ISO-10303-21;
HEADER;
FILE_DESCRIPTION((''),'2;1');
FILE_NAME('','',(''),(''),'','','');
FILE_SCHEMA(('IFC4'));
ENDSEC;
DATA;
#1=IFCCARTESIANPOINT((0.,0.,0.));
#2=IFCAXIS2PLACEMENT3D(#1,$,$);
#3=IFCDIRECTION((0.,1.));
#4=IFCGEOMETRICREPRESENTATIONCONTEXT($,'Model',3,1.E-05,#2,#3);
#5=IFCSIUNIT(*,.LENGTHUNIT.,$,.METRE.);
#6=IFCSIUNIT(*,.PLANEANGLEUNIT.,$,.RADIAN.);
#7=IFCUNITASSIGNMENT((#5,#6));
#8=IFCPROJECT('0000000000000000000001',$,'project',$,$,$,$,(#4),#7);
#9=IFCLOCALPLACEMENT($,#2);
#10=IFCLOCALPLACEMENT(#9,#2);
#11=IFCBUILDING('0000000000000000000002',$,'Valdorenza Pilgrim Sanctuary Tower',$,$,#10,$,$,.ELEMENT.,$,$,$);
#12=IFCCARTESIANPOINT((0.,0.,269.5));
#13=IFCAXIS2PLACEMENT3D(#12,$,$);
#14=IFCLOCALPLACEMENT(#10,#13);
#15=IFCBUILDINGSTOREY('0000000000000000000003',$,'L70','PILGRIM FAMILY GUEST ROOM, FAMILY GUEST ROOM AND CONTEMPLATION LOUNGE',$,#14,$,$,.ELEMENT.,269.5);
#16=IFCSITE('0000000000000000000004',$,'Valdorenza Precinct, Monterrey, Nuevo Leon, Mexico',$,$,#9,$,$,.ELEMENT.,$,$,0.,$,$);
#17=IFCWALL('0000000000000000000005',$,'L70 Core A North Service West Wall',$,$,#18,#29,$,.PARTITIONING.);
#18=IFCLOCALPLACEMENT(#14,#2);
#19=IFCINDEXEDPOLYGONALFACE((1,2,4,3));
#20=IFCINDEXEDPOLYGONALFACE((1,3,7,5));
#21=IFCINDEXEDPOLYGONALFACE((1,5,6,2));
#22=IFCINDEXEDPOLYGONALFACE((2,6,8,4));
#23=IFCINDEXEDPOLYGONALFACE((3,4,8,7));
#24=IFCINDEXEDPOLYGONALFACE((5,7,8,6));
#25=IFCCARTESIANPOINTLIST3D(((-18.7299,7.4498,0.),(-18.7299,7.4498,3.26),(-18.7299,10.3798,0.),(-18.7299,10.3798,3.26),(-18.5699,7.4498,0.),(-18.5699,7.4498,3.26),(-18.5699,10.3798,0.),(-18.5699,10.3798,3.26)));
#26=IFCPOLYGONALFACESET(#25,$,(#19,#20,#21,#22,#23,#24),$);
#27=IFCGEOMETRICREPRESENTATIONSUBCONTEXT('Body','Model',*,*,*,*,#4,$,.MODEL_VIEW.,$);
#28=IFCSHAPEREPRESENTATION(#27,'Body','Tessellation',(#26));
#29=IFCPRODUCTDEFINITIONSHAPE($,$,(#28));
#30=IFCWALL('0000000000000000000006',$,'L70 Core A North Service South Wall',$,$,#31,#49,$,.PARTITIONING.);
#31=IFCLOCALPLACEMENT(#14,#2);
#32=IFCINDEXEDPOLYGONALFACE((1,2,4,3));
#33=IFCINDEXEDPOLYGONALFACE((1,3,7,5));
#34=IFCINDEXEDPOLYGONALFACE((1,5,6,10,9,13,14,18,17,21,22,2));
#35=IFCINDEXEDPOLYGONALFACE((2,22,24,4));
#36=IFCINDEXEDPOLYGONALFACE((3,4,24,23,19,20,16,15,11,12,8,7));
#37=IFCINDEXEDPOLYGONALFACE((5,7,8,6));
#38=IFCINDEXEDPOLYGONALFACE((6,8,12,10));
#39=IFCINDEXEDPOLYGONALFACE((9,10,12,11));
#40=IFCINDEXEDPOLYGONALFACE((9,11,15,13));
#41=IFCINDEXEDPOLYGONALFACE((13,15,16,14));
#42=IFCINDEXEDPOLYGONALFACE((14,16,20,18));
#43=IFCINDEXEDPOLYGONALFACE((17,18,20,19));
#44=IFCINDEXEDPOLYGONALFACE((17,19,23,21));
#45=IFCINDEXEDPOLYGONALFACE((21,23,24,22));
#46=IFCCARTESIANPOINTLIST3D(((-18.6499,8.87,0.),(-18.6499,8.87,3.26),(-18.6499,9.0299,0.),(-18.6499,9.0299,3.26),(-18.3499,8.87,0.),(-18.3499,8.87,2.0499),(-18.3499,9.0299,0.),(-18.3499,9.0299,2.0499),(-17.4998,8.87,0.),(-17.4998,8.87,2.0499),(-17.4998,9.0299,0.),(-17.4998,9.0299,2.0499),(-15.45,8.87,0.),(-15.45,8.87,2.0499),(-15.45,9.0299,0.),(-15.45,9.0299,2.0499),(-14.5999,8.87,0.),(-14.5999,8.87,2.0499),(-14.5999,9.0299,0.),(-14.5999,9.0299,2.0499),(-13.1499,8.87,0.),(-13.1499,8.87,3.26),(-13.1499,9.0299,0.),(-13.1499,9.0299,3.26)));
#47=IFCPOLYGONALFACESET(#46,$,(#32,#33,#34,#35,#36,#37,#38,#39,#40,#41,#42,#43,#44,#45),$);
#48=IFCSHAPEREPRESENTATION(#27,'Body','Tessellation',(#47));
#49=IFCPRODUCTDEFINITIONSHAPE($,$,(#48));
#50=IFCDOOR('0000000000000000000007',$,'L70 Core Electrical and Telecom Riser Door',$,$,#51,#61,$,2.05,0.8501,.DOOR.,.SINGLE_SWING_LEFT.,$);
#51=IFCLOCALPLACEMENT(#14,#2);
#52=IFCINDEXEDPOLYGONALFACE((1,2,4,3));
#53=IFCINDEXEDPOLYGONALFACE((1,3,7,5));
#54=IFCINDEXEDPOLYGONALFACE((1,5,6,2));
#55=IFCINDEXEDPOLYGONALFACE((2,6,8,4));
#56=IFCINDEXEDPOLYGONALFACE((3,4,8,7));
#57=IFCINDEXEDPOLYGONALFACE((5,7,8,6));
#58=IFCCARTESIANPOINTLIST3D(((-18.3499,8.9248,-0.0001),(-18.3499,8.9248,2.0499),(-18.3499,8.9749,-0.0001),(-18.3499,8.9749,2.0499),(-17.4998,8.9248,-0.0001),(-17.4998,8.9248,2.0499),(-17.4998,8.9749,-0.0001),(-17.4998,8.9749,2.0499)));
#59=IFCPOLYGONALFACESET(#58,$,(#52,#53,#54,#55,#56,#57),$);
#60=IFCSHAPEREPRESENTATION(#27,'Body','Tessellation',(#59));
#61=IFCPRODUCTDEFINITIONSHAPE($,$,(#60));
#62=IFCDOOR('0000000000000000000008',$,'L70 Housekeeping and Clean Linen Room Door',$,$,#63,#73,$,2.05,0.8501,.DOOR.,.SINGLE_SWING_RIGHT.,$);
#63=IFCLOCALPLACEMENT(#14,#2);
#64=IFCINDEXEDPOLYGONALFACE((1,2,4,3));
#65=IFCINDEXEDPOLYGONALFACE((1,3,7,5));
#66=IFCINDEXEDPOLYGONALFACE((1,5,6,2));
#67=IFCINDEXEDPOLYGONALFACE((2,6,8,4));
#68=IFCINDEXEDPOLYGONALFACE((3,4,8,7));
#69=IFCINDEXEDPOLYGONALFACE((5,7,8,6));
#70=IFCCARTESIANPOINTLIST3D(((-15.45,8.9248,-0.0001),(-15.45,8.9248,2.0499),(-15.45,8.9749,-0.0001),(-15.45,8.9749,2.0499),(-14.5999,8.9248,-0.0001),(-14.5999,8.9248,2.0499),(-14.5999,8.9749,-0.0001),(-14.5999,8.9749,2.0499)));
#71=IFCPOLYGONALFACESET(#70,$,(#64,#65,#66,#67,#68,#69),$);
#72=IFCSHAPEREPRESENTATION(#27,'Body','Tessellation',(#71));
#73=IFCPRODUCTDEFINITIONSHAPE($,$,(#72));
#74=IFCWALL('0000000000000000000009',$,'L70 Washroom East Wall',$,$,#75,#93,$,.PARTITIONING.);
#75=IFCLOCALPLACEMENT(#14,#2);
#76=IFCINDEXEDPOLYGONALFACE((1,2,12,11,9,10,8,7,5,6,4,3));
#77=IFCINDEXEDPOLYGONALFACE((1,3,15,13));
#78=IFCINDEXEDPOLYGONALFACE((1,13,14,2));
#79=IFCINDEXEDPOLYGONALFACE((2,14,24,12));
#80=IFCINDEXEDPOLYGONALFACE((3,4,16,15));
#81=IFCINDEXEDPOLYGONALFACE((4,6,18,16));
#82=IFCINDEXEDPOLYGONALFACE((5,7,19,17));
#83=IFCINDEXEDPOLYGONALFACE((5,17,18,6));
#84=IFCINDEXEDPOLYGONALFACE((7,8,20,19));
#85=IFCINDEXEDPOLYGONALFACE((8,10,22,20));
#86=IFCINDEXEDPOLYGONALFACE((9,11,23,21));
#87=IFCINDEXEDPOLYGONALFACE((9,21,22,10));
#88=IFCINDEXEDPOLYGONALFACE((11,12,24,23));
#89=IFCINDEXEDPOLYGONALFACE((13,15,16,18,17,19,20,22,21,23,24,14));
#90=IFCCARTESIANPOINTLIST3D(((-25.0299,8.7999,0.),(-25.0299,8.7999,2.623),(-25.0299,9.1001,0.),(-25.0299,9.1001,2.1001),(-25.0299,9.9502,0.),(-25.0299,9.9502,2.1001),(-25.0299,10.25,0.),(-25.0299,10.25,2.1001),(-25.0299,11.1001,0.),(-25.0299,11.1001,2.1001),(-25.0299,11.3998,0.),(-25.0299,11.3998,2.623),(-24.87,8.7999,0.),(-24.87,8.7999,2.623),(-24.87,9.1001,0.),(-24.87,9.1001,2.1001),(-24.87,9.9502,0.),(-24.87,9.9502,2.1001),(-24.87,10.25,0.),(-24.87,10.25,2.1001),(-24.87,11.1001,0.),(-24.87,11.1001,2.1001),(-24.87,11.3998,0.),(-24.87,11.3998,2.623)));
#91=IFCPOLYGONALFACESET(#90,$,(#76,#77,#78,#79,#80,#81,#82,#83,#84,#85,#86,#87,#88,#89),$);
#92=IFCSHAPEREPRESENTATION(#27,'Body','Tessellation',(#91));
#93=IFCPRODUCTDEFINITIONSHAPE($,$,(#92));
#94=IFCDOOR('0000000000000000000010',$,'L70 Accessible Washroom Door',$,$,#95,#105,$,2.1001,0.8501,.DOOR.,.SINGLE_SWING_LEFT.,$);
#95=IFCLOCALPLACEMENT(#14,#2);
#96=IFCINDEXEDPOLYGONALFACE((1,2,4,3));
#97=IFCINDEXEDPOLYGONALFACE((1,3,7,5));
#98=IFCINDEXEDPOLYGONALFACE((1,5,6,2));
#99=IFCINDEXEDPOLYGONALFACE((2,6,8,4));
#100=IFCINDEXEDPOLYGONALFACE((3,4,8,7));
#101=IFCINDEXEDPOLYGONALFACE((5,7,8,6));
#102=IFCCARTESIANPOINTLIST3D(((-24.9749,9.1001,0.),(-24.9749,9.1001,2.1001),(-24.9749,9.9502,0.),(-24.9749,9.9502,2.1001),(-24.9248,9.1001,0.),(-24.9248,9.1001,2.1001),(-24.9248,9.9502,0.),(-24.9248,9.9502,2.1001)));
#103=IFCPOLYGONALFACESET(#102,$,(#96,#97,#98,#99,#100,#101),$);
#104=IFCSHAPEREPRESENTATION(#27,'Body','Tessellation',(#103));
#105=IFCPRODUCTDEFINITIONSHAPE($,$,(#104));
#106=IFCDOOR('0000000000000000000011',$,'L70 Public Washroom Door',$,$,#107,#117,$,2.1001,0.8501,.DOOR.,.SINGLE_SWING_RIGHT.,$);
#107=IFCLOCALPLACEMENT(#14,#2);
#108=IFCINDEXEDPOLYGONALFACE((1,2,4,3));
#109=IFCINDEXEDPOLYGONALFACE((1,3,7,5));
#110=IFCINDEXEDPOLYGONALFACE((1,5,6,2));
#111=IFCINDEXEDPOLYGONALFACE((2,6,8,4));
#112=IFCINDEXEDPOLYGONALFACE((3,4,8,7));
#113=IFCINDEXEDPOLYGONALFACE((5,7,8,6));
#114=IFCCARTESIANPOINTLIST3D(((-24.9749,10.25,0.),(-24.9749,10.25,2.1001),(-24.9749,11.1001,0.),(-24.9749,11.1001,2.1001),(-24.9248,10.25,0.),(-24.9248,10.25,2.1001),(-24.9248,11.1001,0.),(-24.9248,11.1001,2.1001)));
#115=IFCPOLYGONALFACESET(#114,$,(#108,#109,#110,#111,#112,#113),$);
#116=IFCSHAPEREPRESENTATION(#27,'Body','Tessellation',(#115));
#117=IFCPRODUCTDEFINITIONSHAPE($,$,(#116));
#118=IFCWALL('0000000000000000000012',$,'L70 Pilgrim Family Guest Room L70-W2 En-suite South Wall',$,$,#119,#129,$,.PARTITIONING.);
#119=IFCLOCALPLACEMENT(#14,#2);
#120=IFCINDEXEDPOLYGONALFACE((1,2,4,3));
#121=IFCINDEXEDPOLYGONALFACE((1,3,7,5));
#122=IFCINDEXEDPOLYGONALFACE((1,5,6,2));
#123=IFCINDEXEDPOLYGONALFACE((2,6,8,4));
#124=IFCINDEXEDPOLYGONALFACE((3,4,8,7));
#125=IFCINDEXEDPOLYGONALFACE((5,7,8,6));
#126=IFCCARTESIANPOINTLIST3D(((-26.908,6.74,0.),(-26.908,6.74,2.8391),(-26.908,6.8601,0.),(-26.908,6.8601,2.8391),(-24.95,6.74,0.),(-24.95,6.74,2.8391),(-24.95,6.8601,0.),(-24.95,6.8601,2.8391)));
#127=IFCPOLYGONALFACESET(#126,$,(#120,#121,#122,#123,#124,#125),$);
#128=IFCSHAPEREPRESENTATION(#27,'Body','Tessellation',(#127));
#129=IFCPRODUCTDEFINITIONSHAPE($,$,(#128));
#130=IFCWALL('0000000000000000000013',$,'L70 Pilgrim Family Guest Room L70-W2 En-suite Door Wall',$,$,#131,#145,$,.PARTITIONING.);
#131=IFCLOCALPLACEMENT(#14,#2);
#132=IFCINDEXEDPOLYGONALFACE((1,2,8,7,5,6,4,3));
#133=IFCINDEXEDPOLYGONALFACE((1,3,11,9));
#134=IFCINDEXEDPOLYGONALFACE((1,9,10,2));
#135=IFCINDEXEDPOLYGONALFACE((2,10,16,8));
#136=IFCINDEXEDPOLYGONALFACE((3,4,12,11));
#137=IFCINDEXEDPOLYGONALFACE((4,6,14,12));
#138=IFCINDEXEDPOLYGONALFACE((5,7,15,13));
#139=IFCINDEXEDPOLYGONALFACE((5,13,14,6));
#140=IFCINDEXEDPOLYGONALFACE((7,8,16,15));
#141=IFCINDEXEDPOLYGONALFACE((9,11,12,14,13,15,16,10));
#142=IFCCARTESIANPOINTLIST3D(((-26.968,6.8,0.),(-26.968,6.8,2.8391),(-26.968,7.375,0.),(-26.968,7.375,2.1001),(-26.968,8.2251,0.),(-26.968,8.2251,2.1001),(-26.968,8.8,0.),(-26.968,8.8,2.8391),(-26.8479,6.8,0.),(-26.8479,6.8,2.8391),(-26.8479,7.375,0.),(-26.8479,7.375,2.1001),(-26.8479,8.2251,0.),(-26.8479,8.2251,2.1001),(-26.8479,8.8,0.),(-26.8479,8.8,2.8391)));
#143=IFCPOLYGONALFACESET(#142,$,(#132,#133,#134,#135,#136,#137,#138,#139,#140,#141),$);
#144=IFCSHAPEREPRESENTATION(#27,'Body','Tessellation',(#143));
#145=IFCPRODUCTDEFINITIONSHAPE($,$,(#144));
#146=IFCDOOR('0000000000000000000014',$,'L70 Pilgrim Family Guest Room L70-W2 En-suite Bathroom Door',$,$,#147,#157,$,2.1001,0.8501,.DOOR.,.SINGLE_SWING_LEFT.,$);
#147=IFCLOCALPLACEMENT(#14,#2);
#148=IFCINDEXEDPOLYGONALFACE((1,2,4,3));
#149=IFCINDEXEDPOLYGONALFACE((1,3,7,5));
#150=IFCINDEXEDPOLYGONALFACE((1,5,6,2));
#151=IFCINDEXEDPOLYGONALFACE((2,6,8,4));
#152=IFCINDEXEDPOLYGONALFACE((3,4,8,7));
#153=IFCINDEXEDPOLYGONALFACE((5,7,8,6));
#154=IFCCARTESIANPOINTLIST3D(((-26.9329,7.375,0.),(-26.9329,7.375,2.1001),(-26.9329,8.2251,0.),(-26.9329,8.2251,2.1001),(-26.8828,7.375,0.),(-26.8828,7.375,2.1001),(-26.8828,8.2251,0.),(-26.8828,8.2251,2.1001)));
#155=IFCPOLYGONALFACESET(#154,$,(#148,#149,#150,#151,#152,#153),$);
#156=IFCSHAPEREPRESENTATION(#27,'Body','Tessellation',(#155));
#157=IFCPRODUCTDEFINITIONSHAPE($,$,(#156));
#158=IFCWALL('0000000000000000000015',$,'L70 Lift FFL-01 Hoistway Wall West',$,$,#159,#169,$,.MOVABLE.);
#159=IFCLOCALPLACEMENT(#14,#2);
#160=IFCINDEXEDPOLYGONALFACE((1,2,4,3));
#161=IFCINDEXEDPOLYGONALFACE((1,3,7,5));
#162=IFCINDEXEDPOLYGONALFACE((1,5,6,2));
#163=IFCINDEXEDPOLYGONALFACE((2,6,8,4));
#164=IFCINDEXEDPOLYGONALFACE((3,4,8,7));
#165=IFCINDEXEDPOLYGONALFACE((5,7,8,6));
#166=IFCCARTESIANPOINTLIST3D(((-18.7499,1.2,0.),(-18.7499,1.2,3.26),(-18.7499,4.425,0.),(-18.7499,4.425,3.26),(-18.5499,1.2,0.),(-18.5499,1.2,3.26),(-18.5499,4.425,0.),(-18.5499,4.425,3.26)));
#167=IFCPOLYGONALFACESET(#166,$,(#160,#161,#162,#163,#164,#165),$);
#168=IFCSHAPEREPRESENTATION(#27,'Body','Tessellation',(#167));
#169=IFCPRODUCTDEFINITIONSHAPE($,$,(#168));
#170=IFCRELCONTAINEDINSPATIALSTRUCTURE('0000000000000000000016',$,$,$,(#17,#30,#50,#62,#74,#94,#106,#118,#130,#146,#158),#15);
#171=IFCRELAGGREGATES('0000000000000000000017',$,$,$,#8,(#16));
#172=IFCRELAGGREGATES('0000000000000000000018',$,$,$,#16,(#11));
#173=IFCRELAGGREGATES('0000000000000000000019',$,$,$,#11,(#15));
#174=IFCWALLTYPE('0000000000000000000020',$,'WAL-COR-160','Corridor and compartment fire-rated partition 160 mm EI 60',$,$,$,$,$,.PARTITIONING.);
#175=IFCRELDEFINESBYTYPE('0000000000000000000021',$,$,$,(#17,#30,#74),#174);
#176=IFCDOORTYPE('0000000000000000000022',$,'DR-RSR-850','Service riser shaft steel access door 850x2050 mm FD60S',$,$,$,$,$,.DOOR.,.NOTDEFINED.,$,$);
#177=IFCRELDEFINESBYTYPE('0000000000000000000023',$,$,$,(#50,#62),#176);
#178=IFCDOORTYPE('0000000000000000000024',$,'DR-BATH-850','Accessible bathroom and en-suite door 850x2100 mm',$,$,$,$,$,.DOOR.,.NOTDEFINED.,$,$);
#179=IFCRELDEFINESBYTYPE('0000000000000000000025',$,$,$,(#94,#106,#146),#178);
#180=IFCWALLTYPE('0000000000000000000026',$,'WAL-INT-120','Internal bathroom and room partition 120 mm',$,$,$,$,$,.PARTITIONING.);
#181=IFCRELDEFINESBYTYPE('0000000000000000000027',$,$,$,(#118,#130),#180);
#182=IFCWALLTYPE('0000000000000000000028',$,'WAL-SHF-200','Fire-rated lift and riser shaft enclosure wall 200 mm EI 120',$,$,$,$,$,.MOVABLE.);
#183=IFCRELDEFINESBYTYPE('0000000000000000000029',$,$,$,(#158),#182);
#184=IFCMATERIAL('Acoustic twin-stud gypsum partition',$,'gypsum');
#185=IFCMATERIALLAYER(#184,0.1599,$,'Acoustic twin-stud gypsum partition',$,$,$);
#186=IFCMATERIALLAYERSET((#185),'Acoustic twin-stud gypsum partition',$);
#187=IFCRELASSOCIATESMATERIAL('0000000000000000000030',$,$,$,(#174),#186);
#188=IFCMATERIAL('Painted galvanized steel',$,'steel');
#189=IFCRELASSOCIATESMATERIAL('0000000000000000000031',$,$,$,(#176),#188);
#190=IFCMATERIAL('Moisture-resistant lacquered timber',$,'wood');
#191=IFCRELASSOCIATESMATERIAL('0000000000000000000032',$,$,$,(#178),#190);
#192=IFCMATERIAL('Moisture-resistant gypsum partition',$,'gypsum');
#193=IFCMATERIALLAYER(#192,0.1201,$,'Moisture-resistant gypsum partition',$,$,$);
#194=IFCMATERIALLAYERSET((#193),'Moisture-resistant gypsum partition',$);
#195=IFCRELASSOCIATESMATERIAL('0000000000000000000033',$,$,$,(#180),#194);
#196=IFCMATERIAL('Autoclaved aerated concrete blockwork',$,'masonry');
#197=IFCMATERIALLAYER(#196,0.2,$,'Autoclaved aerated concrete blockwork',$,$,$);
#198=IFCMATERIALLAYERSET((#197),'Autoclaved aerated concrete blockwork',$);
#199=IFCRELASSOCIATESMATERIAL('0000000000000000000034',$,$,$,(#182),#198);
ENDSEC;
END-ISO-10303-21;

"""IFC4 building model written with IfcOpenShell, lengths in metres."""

from ifc_helpers import new_model, si_unit, direction, frame, frame_2d, origin, place, context, subcontext, project, spatial, rectangle, extrude, material, layer, layer_set, type_object, element, fill, save


model = new_model("IFC4")

# Units and contexts
model_context = context("Model", 3, precision=1e-05, world=origin(), true_north=direction((0.0, 1.0)))
body_context = subcontext(model_context, "Body", "Model", "MODEL_VIEW")
ifc_project = project(units=[si_unit("LENGTHUNIT", "METRE"), si_unit("PLANEANGLEUNIT", "RADIAN")], contexts=[model_context])

# Site, building, storey
site_placement = place(None, origin())
site = spatial("IfcSite", under=ifc_project, at=site_placement, Name="Valdorenza Precinct, Monterrey, Nuevo Leon, Mexico", CompositionType="ELEMENT", RefElevation=0.0)
building_placement = place(site_placement, origin())
building = spatial("IfcBuilding", under=site, at=building_placement, Name="Valdorenza Pilgrim Sanctuary Tower", CompositionType="ELEMENT")
storey_placement = place(building_placement, frame((0.0, 0.0, 269.5)))
storey = spatial("IfcBuildingStorey", under=building, at=storey_placement, Name="L70", Description="PILGRIM FAMILY GUEST ROOM, FAMILY GUEST ROOM AND CONTEMPLATION LOUNGE", CompositionType="ELEMENT", Elevation=269.5)

# Wall
ifc_material_1 = material(Name="Acoustic twin-stud gypsum partition", Category="gypsum")
ifc_layer_1 = layer(ifc_material_1, 0.1599, Name="Acoustic twin-stud gypsum partition")
ifc_layer_set_1 = layer_set([ifc_layer_1], Name="Acoustic twin-stud gypsum partition")
wall_type_1 = type_object("IfcWallType", Name="WAL-COR-160", Description="Corridor and compartment fire-rated partition 160 mm EI 60", PredefinedType="PARTITIONING", material=ifc_layer_set_1)
wall_1_placement = place(storey_placement, frame((-18.6499, 7.45, 0.0), z_axis=(0.0, 0.0, 1.0), x_axis=(0.0, 1.0, 0.0)))
element("IfcWall", 1, at=wall_1_placement, inside=storey, type_object=wall_type_1, Name="L70 Core A North Service West Wall", PredefinedType="PARTITIONING", context=body_context, shape_type="SweptSolid", body=[
    extrude(rectangle(XDim=2.9299, YDim=0.1599, at=frame_2d((1.4648, 0.0))), origin(), (0.0, 0.0, 1.0), 3.26),
])

# Walls, openings, doors
wall_2_placement = place(storey_placement, frame((-18.6499, 8.95, 0.0), z_axis=(0.0, 0.0, 1.0), x_axis=(1.0, 0.0, 0.0)))
wall_2 = element("IfcWall", 2, at=wall_2_placement, inside=storey, type_object=wall_type_1, Name="L70 Core A North Service South Wall", PredefinedType="PARTITIONING", context=body_context, shape_type="SweptSolid", body=[
    extrude(rectangle(XDim=5.5, YDim=0.1599, at=frame_2d((2.75, 0.0))), origin(), (0.0, 0.0, 1.0), 3.26),
])
opening_1_placement = place(wall_2_placement, frame((0.3, 0.0, 0.0)))
opening_1 = element("IfcOpeningElement", 3, at=opening_1_placement, cuts=wall_2, PredefinedType="OPENING", context=body_context, shape_type="SweptSolid", body=[
    extrude(rectangle(XDim=0.8501, YDim=2.05, at=frame_2d((0.425, 1.0249))), frame((0.0, 0.0947, 0.0), z_axis=(0.0, -1.0, 0.0), x_axis=(1.0, 0.0, 0.0)), (0.0, 0.0, 1.0), 0.1897),
])
opening_2_placement = place(wall_2_placement, frame((3.2, 0.0, 0.0)))
opening_2 = element("IfcOpeningElement", 4, at=opening_2_placement, cuts=wall_2, PredefinedType="OPENING", context=body_context, shape_type="SweptSolid", body=[
    extrude(rectangle(XDim=0.8501, YDim=2.05, at=frame_2d((0.425, 1.0249))), frame((0.0, 0.0947, 0.0), z_axis=(0.0, -1.0, 0.0), x_axis=(1.0, 0.0, 0.0)), (0.0, 0.0, 1.0), 0.1897),
])
ifc_material_2 = material(Name="Painted galvanized steel", Category="steel")
door_type_1 = type_object("IfcDoorType", Name="DR-RSR-850", Description="Service riser shaft steel access door 850x2050 mm FD60S", OperationType="NOTDEFINED", PredefinedType="DOOR", material=ifc_material_2)
door_1_placement = place(opening_1_placement, origin())
door_1 = element("IfcDoor", 5, at=door_1_placement, inside=storey, type_object=door_type_1, Name="L70 Core Electrical and Telecom Riser Door", OperationType="SINGLE_SWING_LEFT", OverallHeight=2.05, OverallWidth=0.8501, PredefinedType="DOOR", context=body_context, shape_type="SweptSolid", body=[
    extrude(rectangle(XDim=0.8501, YDim=2.05, at=frame_2d((0.425, 1.0249))), frame((0.0, 0.0249, 0.0), z_axis=(0.0, -1.0, 0.0), x_axis=(1.0, 0.0, 0.0)), (0.0, 0.0, 1.0), 0.05),
])
fill(opening_1, door_1)
door_2_placement = place(opening_2_placement, origin())
door_2 = element("IfcDoor", 6, at=door_2_placement, inside=storey, type_object=door_type_1, Name="L70 Housekeeping and Clean Linen Room Door", OperationType="SINGLE_SWING_RIGHT", OverallHeight=2.05, OverallWidth=0.8501, PredefinedType="DOOR", context=body_context, shape_type="SweptSolid", body=[
    extrude(rectangle(XDim=0.8501, YDim=2.05, at=frame_2d((0.425, 1.0249))), frame((0.0, 0.0249, 0.0), z_axis=(0.0, -1.0, 0.0), x_axis=(1.0, 0.0, 0.0)), (0.0, 0.0, 1.0), 0.05),
])
fill(opening_2, door_2)
wall_3_placement = place(storey_placement, frame((-24.95, 8.8, 0.0), z_axis=(0.0, 0.0, 1.0), x_axis=(0.0, 1.0, 0.0)))
wall_3 = element("IfcWall", 7, at=wall_3_placement, inside=storey, type_object=wall_type_1, Name="L70 Washroom East Wall", PredefinedType="PARTITIONING", context=body_context, shape_type="SweptSolid", body=[
    extrude(rectangle(XDim=2.5999, YDim=0.1599, at=frame_2d((1.2998, 0.0))), origin(), (0.0, 0.0, 1.0), 2.623),
])
opening_3_placement = place(wall_3_placement, frame((0.3, 0.0, 0.0)))
opening_3 = element("IfcOpeningElement", 8, at=opening_3_placement, cuts=wall_3, PredefinedType="OPENING", context=body_context, shape_type="SweptSolid", body=[
    extrude(rectangle(XDim=0.8501, YDim=2.1001, at=frame_2d((0.425, 1.05))), frame((0.0, 0.0947, 0.0), z_axis=(0.0, -1.0, 0.0), x_axis=(1.0, 0.0, 0.0)), (0.0, 0.0, 1.0), 0.1897),
])
opening_4_placement = place(wall_3_placement, frame((1.45, 0.0, 0.0)))
opening_4 = element("IfcOpeningElement", 9, at=opening_4_placement, cuts=wall_3, PredefinedType="OPENING", context=body_context, shape_type="SweptSolid", body=[
    extrude(rectangle(XDim=0.8501, YDim=2.1001, at=frame_2d((0.425, 1.05))), frame((0.0, 0.0947, 0.0), z_axis=(0.0, -1.0, 0.0), x_axis=(1.0, 0.0, 0.0)), (0.0, 0.0, 1.0), 0.1897),
])
ifc_material_3 = material(Name="Moisture-resistant lacquered timber", Category="wood")
door_type_2 = type_object("IfcDoorType", Name="DR-BATH-850", Description="Accessible bathroom and en-suite door 850x2100 mm", OperationType="NOTDEFINED", PredefinedType="DOOR", material=ifc_material_3)
door_3_placement = place(opening_3_placement, origin())
door_3 = element("IfcDoor", 10, at=door_3_placement, inside=storey, type_object=door_type_2, Name="L70 Accessible Washroom Door", OperationType="SINGLE_SWING_LEFT", OverallHeight=2.1001, OverallWidth=0.8501, PredefinedType="DOOR", context=body_context, shape_type="SweptSolid", body=[
    extrude(rectangle(XDim=0.8501, YDim=2.1001, at=frame_2d((0.425, 1.05))), frame((0.0, 0.0249, 0.0), z_axis=(0.0, -1.0, 0.0), x_axis=(1.0, 0.0, 0.0)), (0.0, 0.0, 1.0), 0.05),
])
fill(opening_3, door_3)
door_4_placement = place(opening_4_placement, origin())
door_4 = element("IfcDoor", 11, at=door_4_placement, inside=storey, type_object=door_type_2, Name="L70 Public Washroom Door", OperationType="SINGLE_SWING_RIGHT", OverallHeight=2.1001, OverallWidth=0.8501, PredefinedType="DOOR", context=body_context, shape_type="SweptSolid", body=[
    extrude(rectangle(XDim=0.8501, YDim=2.1001, at=frame_2d((0.425, 1.05))), frame((0.0, 0.0249, 0.0), z_axis=(0.0, -1.0, 0.0), x_axis=(1.0, 0.0, 0.0)), (0.0, 0.0, 1.0), 0.05),
])
fill(opening_4, door_4)

# Wall
ifc_material_4 = material(Name="Moisture-resistant gypsum partition", Category="gypsum")
ifc_layer_2 = layer(ifc_material_4, 0.1201, Name="Moisture-resistant gypsum partition")
ifc_layer_set_2 = layer_set([ifc_layer_2], Name="Moisture-resistant gypsum partition")
wall_type_2 = type_object("IfcWallType", Name="WAL-INT-120", Description="Internal bathroom and room partition 120 mm", PredefinedType="PARTITIONING", material=ifc_layer_set_2)
wall_4_placement = place(storey_placement, frame((-26.908, 6.8, 0.0), z_axis=(0.0, 0.0, 1.0), x_axis=(1.0, 0.0, 0.0)))
element("IfcWall", 12, at=wall_4_placement, inside=storey, type_object=wall_type_2, Name="L70 Pilgrim Family Guest Room L70-W2 En-suite South Wall", PredefinedType="PARTITIONING", context=body_context, shape_type="SweptSolid", body=[
    extrude(rectangle(XDim=1.958, YDim=0.1201, at=frame_2d((0.979, 0.0))), origin(), (0.0, 0.0, 1.0), 2.8391),
])

# Wall, opening, door
wall_5_placement = place(storey_placement, frame((-26.908, 6.8, 0.0), z_axis=(0.0, 0.0, 1.0), x_axis=(0.0, 1.0, 0.0)))
wall_5 = element("IfcWall", 13, at=wall_5_placement, inside=storey, type_object=wall_type_2, Name="L70 Pilgrim Family Guest Room L70-W2 En-suite Door Wall", PredefinedType="PARTITIONING", context=body_context, shape_type="SweptSolid", body=[
    extrude(rectangle(XDim=2.0, YDim=0.1201, at=frame_2d((1.0, 0.0))), origin(), (0.0, 0.0, 1.0), 2.8391),
])
opening_5_placement = place(wall_5_placement, frame((0.575, 0.0, 0.0)))
opening_5 = element("IfcOpeningElement", 14, at=opening_5_placement, cuts=wall_5, PredefinedType="OPENING", context=body_context, shape_type="SweptSolid", body=[
    extrude(rectangle(XDim=0.8501, YDim=2.1001, at=frame_2d((0.425, 1.05))), frame((0.0, 0.075, 0.0), z_axis=(0.0, -1.0, 0.0), x_axis=(1.0, 0.0, 0.0)), (0.0, 0.0, 1.0), 0.1499),
])
door_5_placement = place(opening_5_placement, origin())
door_5 = element("IfcDoor", 15, at=door_5_placement, inside=storey, type_object=door_type_2, Name="L70 Pilgrim Family Guest Room L70-W2 En-suite Bathroom Door", OperationType="SINGLE_SWING_LEFT", OverallHeight=2.1001, OverallWidth=0.8501, PredefinedType="DOOR", context=body_context, shape_type="SweptSolid", body=[
    extrude(rectangle(XDim=0.8501, YDim=2.1001, at=frame_2d((0.425, 1.05))), frame((0.0, 0.0249, 0.0), z_axis=(0.0, -1.0, 0.0), x_axis=(1.0, 0.0, 0.0)), (0.0, 0.0, 1.0), 0.05),
])
fill(opening_5, door_5)

# Wall
ifc_material_5 = material(Name="Autoclaved aerated concrete blockwork", Category="masonry")
ifc_layer_3 = layer(ifc_material_5, 0.2, Name="Autoclaved aerated concrete blockwork")
ifc_layer_set_3 = layer_set([ifc_layer_3], Name="Autoclaved aerated concrete blockwork")
wall_type_3 = type_object("IfcWallType", Name="WAL-SHF-200", Description="Fire-rated lift and riser shaft enclosure wall 200 mm EI 120", PredefinedType="MOVABLE", material=ifc_layer_set_3)
wall_6_placement = place(storey_placement, frame((-18.6499, 1.2, 0.0), z_axis=(0.0, 0.0, 1.0), x_axis=(0.0, 1.0, 0.0)))
element("IfcWall", 16, at=wall_6_placement, inside=storey, type_object=wall_type_3, Name="L70 Lift FFL-01 Hoistway Wall West", PredefinedType="MOVABLE", context=body_context, shape_type="SweptSolid", body=[
    extrude(rectangle(XDim=3.2251, YDim=0.2, at=frame_2d((1.6125, 0.0))), origin(), (0.0, 0.0, 1.0), 3.26),
])

save(model, "model.ifc")
